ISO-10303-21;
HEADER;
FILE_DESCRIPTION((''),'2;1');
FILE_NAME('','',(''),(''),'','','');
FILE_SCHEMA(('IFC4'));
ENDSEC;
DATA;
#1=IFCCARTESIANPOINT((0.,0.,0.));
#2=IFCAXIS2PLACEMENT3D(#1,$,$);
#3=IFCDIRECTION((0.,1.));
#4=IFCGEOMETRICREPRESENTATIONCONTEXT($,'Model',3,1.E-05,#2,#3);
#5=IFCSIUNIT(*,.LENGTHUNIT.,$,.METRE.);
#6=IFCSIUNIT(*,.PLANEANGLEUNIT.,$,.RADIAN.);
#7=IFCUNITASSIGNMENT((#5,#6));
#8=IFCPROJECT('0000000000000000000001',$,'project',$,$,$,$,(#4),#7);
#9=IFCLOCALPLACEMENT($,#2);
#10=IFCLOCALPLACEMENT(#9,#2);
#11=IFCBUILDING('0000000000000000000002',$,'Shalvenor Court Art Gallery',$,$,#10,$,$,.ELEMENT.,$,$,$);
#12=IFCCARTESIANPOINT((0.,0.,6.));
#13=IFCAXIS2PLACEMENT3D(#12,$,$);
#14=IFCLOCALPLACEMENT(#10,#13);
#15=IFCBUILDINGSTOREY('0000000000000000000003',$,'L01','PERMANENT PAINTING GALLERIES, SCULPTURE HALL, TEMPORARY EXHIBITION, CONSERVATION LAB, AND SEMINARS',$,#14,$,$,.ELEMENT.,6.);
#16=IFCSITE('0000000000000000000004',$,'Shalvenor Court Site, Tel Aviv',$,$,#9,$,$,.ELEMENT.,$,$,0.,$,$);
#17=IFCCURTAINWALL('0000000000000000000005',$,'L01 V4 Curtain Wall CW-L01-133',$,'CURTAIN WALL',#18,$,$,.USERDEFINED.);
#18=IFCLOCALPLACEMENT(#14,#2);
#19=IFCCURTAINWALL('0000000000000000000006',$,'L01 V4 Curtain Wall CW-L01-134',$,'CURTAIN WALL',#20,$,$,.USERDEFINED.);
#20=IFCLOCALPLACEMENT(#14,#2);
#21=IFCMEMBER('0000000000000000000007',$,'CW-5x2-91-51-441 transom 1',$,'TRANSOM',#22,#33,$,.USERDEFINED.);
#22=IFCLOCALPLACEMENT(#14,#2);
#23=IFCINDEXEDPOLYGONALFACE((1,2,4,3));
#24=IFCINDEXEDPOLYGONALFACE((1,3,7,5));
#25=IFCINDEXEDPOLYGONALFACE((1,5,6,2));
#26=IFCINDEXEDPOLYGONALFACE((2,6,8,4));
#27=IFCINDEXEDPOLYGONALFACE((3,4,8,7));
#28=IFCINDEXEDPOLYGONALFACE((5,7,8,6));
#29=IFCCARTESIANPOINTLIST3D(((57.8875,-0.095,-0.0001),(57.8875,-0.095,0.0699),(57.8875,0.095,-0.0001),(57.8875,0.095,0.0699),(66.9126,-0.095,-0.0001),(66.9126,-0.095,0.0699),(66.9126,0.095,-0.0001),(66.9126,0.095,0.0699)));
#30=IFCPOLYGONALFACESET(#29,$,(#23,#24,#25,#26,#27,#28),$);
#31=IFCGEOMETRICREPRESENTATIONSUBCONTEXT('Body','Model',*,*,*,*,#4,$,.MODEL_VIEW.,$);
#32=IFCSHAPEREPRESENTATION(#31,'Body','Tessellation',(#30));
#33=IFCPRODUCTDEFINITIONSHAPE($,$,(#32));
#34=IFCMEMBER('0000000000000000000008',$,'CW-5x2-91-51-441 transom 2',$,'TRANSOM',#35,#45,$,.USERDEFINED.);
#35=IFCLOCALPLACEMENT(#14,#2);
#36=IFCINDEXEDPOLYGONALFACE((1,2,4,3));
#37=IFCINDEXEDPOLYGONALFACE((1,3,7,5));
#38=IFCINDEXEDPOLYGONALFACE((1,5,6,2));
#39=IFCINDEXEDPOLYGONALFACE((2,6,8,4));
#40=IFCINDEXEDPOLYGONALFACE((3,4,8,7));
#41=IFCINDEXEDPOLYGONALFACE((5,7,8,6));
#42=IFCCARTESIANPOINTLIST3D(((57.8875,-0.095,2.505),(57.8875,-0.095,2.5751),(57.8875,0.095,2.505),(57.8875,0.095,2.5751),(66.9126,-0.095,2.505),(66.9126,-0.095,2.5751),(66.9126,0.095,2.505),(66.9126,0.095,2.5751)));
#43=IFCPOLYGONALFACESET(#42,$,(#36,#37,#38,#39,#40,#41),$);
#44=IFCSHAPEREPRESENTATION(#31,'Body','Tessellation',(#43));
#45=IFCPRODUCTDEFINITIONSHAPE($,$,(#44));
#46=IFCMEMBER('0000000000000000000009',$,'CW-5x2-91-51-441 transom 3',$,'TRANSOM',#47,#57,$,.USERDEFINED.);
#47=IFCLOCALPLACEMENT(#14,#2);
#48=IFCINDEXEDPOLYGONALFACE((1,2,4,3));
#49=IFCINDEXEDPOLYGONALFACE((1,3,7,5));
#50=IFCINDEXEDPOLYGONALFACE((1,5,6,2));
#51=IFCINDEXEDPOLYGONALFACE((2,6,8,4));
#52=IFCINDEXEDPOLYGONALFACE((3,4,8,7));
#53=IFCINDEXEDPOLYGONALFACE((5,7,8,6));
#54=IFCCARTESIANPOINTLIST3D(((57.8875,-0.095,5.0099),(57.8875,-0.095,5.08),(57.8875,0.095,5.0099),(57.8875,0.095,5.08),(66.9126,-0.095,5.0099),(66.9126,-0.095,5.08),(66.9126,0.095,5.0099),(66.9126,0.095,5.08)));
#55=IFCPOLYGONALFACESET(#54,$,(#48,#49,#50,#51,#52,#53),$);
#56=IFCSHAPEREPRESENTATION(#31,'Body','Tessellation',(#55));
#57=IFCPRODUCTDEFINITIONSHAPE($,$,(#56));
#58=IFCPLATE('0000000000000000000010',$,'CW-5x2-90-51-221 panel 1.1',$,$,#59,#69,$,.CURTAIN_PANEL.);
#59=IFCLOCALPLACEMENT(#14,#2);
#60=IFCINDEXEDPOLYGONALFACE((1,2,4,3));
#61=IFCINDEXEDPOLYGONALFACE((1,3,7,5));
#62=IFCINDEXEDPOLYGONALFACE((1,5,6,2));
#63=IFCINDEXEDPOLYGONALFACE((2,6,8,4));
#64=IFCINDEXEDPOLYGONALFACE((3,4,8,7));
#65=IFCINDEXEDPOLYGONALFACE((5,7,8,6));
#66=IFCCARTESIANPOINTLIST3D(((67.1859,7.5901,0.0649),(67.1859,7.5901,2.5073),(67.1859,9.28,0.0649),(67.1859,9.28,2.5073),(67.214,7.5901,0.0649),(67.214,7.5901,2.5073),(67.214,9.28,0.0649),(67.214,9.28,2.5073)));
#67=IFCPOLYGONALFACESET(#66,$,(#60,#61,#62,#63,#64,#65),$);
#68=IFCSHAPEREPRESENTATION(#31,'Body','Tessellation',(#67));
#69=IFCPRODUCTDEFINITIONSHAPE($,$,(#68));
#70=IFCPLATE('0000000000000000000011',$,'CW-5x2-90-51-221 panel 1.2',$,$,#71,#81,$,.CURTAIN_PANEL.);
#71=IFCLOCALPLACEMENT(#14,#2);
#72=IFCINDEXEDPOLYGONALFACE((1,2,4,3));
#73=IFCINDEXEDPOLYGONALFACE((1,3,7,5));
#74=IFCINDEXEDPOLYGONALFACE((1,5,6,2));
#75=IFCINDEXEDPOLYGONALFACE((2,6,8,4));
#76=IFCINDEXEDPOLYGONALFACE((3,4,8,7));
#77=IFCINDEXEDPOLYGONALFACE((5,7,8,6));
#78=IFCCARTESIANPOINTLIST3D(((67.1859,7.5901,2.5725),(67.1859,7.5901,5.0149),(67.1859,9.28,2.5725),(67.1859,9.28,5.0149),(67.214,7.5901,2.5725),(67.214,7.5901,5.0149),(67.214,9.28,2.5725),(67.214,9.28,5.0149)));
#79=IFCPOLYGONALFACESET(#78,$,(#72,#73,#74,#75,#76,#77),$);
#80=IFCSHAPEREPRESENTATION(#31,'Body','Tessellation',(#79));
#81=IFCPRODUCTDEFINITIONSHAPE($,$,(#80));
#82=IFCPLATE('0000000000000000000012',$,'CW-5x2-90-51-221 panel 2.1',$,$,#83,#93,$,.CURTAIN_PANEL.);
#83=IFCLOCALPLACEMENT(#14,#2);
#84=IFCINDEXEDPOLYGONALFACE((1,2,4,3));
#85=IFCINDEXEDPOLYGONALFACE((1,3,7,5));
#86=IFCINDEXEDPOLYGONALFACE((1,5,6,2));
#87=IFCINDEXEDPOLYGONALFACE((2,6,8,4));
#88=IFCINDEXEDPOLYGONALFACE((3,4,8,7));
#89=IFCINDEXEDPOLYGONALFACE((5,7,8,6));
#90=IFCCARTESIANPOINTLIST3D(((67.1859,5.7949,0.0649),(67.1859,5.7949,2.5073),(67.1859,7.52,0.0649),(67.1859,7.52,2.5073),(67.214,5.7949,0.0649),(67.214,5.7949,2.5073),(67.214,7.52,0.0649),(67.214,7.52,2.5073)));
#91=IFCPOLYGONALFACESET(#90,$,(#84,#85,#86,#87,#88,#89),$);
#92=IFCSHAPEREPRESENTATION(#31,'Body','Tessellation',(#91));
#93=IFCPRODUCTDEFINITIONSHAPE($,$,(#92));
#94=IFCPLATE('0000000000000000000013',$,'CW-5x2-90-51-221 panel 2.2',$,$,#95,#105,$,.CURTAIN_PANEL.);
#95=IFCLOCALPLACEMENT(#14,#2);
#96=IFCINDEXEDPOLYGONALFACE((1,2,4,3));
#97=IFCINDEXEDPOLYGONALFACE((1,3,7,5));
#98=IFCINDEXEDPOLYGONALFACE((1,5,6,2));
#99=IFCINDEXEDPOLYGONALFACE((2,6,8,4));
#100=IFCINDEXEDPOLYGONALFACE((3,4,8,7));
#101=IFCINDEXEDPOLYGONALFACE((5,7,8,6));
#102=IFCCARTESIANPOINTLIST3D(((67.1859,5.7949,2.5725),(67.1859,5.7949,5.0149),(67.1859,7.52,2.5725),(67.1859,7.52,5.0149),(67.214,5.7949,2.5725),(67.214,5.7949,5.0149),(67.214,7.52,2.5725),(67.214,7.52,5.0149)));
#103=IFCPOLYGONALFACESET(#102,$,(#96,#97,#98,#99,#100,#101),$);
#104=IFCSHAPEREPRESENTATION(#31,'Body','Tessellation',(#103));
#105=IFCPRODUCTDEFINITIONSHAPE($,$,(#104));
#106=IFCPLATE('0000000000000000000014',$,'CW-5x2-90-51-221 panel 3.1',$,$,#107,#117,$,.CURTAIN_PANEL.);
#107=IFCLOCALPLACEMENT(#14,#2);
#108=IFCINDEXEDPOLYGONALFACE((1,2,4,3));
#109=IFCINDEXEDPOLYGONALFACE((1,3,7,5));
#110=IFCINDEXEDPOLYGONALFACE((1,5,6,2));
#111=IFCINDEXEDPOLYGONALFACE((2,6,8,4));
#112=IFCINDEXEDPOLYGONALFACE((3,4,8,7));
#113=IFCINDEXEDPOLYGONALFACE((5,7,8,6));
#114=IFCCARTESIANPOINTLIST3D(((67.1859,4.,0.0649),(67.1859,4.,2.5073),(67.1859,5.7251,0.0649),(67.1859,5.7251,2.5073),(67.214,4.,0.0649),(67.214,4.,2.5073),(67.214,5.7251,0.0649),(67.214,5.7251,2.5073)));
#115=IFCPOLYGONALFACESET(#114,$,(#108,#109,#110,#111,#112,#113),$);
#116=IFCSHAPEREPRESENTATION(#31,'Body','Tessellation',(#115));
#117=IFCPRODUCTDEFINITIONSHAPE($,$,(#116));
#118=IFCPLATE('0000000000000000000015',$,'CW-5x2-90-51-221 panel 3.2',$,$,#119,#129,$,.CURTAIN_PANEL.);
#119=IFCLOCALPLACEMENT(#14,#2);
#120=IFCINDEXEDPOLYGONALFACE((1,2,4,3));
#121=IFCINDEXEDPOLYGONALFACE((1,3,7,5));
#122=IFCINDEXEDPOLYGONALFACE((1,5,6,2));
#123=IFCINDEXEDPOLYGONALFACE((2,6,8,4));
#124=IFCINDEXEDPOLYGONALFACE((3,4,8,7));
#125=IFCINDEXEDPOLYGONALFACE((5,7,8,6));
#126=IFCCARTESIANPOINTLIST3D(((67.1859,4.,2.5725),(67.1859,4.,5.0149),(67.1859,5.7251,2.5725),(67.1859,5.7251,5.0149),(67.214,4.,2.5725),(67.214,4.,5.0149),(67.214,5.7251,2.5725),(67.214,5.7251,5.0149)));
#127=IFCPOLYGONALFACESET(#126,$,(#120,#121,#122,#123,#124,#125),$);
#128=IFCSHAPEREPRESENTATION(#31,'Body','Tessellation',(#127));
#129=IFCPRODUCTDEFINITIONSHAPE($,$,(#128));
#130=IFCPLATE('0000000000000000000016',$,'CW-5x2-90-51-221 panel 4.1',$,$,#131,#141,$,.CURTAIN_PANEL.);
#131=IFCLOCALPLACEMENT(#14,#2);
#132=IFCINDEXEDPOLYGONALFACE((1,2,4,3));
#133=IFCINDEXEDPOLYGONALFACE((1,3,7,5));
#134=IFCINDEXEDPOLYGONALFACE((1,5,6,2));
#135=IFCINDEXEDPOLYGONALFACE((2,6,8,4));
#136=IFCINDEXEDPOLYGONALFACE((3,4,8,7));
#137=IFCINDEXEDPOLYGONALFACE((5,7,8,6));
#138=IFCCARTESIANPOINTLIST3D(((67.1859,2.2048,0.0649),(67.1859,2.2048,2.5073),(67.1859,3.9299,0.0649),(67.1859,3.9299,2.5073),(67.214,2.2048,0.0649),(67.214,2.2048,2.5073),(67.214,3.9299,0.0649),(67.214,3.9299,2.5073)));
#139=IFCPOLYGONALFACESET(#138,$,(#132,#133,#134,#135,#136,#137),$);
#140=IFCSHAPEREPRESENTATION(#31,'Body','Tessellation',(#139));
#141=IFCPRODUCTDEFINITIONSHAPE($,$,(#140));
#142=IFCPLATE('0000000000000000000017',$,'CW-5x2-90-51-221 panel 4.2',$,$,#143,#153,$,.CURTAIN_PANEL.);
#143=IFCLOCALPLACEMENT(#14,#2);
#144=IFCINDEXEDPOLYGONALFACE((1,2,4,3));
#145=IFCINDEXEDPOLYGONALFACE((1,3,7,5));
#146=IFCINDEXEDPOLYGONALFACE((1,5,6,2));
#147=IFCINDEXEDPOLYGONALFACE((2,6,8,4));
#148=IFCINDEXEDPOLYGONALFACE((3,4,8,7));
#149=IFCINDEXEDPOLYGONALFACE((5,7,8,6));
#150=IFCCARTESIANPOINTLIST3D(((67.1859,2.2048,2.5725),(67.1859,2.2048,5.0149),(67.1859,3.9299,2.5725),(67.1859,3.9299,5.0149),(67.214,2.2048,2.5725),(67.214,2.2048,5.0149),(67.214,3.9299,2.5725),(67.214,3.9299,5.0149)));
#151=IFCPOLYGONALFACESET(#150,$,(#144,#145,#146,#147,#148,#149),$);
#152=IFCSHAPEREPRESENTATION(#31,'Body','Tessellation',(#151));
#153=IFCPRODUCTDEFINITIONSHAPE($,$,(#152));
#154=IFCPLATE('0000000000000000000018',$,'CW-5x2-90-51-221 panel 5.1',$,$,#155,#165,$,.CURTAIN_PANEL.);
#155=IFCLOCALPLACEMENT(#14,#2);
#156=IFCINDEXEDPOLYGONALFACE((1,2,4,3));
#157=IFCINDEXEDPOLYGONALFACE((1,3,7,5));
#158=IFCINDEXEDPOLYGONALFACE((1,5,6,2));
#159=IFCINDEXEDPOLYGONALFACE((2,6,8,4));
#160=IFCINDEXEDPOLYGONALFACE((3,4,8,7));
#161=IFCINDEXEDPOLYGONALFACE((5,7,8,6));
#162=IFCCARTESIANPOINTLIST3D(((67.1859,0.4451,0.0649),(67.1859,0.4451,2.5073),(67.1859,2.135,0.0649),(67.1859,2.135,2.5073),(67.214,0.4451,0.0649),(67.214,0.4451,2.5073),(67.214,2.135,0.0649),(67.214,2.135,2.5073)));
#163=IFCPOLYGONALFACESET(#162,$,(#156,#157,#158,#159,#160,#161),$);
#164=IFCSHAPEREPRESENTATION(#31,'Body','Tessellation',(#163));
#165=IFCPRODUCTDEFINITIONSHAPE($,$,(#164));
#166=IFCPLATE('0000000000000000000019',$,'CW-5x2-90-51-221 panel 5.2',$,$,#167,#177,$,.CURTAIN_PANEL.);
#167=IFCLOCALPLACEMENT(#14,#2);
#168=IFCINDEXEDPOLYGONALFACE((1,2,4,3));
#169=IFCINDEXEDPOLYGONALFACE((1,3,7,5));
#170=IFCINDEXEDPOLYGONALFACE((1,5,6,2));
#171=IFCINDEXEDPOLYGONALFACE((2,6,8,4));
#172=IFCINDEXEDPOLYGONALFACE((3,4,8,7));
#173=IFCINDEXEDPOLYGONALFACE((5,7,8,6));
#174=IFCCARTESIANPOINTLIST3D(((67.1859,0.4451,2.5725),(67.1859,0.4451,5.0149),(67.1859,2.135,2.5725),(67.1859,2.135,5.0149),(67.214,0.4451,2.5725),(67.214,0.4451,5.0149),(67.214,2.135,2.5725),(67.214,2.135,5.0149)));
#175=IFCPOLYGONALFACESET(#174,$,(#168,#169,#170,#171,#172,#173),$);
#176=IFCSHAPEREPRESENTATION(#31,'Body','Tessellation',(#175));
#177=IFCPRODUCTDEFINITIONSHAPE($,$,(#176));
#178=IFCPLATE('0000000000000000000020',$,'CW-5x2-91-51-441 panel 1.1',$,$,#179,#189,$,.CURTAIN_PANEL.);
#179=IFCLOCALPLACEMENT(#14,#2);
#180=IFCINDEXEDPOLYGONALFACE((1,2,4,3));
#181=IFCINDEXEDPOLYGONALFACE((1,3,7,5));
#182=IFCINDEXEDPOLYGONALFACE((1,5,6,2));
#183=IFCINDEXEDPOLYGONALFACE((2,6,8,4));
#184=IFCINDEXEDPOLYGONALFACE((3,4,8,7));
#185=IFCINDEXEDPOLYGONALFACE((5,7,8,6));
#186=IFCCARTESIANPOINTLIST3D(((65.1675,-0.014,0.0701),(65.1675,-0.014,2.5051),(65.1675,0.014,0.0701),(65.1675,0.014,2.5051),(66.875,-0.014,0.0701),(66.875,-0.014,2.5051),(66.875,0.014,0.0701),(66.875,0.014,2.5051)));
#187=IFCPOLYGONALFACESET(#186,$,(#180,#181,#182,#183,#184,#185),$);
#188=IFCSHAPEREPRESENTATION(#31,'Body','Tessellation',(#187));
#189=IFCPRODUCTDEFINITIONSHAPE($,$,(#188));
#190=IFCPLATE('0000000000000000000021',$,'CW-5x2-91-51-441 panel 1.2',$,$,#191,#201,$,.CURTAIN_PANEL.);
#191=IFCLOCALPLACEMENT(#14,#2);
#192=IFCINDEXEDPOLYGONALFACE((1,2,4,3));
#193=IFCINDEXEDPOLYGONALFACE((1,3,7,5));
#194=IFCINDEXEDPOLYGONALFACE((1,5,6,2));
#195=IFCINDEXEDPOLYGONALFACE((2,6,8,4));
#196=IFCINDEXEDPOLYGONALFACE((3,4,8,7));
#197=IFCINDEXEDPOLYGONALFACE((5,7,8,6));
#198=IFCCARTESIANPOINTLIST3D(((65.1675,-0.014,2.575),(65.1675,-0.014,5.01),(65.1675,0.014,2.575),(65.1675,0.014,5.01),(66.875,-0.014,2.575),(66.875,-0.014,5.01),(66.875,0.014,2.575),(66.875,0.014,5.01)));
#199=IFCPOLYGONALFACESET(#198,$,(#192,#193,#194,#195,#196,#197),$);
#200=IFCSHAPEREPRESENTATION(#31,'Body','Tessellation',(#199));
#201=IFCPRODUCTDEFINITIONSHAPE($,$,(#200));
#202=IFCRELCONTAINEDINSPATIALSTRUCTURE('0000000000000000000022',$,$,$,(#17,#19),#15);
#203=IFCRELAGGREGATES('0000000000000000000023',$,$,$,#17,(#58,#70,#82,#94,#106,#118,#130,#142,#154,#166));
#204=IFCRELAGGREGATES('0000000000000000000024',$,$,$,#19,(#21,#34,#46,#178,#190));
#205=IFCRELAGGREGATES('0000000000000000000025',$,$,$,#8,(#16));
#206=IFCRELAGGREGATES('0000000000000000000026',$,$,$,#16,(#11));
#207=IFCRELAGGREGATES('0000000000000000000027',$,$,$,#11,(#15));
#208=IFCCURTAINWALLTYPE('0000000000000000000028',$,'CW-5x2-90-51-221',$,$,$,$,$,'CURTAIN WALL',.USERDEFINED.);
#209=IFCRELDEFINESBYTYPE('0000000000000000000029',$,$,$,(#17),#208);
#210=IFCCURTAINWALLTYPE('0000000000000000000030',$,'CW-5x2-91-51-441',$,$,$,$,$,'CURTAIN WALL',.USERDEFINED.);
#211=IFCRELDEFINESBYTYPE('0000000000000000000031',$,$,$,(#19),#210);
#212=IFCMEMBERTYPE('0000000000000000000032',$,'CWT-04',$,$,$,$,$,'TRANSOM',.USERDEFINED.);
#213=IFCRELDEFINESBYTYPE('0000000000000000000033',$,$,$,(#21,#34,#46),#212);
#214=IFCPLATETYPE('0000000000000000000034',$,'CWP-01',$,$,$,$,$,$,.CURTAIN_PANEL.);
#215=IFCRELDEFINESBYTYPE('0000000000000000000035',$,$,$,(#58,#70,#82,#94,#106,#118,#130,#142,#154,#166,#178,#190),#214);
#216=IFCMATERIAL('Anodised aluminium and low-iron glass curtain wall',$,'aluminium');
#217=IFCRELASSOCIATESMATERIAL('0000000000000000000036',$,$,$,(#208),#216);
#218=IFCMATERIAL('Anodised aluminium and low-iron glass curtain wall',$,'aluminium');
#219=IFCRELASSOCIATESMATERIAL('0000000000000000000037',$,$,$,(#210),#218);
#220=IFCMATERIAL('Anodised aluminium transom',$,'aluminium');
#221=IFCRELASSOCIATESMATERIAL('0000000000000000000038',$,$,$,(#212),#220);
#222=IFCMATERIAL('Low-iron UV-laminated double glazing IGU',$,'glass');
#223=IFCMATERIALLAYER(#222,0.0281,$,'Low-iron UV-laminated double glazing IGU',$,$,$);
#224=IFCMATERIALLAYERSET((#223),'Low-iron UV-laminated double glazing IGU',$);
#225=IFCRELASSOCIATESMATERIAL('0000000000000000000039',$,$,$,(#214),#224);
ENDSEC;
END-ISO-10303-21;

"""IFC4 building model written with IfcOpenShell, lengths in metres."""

from ifc_helpers import new_model, si_unit, direction, frame, origin, origin_2d, place, context, subcontext, project, spatial, rectangle, extrude, material, layer, layer_set, material_profile, profile_set, type_object, element, aggregate, save


model = new_model("IFC4")

# Units and contexts
model_context = context("Model", 3, precision=1e-05, world=origin(), true_north=direction((0.0, 1.0)))
body_context = subcontext(model_context, "Body", "Model", "MODEL_VIEW")
ifc_project = project(units=[si_unit("LENGTHUNIT", "METRE"), si_unit("PLANEANGLEUNIT", "RADIAN")], contexts=[model_context])

# Site, building, storey
site_placement = place(None, origin())
site = spatial("IfcSite", under=ifc_project, at=site_placement, Name="Shalvenor Court Site, Tel Aviv", CompositionType="ELEMENT", RefElevation=0.0)
building_placement = place(site_placement, origin())
building = spatial("IfcBuilding", under=site, at=building_placement, Name="Shalvenor Court Art Gallery", CompositionType="ELEMENT")
storey_placement = place(building_placement, frame((0.0, 0.0, 6.0)))
storey = spatial("IfcBuildingStorey", under=building, at=storey_placement, Name="L01", Description="PERMANENT PAINTING GALLERIES, SCULPTURE HALL, TEMPORARY EXHIBITION, CONSERVATION LAB, AND SEMINARS", CompositionType="ELEMENT", Elevation=6.0)

# Curtain wall
ifc_material_1 = material(Name="Anodised aluminium and low-iron glass curtain wall", Category="aluminium")
curtain_wall_type_1 = type_object("IfcCurtainWallType", Name="CW-5x2-90-51-221", ElementType="CURTAIN WALL", PredefinedType="USERDEFINED", material=ifc_material_1)
curtain_wall_1_placement = place(storey_placement, origin())
curtain_wall_1 = element("IfcCurtainWall", 1, at=curtain_wall_1_placement, inside=storey, type_object=curtain_wall_type_1, Name="L01 V4 Curtain Wall CW-L01-133", ObjectType="CURTAIN WALL", PredefinedType="USERDEFINED")

# Curtain wall
ifc_material_2 = material(Name="Anodised aluminium and low-iron glass curtain wall", Category="aluminium")
curtain_wall_type_2 = type_object("IfcCurtainWallType", Name="CW-5x2-91-51-441", ElementType="CURTAIN WALL", PredefinedType="USERDEFINED", material=ifc_material_2)
curtain_wall_2_placement = place(storey_placement, origin())
curtain_wall_2 = element("IfcCurtainWall", 2, at=curtain_wall_2_placement, inside=storey, type_object=curtain_wall_type_2, Name="L01 V4 Curtain Wall CW-L01-134", ObjectType="CURTAIN WALL", PredefinedType="USERDEFINED")

# Members
ifc_material_3 = material(Name="Anodised aluminium transom", Category="aluminium")
ifc_material_profile_1 = material_profile(ifc_material_3, rectangle(XDim=0.1899, YDim=0.0701, at=origin_2d()), Name="CWT-04")
ifc_profile_set_1 = profile_set([ifc_material_profile_1], Name="Anodised aluminium transom")
member_type_1 = type_object("IfcMemberType", Name="CWT-04", ElementType="TRANSOM", PredefinedType="USERDEFINED", material=ifc_profile_set_1)
member_1_placement = place(storey_placement, frame((66.9126, 0.0, 0.0349), z_axis=(-1.0, 0.0, 0.0), x_axis=(0.0, -1.0, 0.0)))
member_1 = element("IfcMember", 3, at=member_1_placement, type_object=member_type_1, Name="CW-5x2-91-51-441 transom 1", ObjectType="TRANSOM", PredefinedType="USERDEFINED", context=body_context, shape_type="SweptSolid", body=[
    extrude(rectangle(XDim=0.1899, YDim=0.0701, at=origin_2d()), origin(), (0.0, 0.0, 1.0), 9.0251),
])
member_2_placement = place(storey_placement, frame((66.9126, 0.0, 2.54), z_axis=(-1.0, 0.0, 0.0), x_axis=(0.0, -1.0, 0.0)))
member_2 = element("IfcMember", 4, at=member_2_placement, type_object=member_type_1, Name="CW-5x2-91-51-441 transom 2", ObjectType="TRANSOM", PredefinedType="USERDEFINED", context=body_context, shape_type="SweptSolid", body=[
    extrude(rectangle(XDim=0.1899, YDim=0.0701, at=origin_2d()), origin(), (0.0, 0.0, 1.0), 9.0251),
])
member_3_placement = place(storey_placement, frame((66.9126, 0.0, 5.0449), z_axis=(-1.0, 0.0, 0.0), x_axis=(0.0, -1.0, 0.0)))
member_3 = element("IfcMember", 5, at=member_3_placement, type_object=member_type_1, Name="CW-5x2-91-51-441 transom 3", ObjectType="TRANSOM", PredefinedType="USERDEFINED", context=body_context, shape_type="SweptSolid", body=[
    extrude(rectangle(XDim=0.1899, YDim=0.0701, at=origin_2d()), origin(), (0.0, 0.0, 1.0), 9.0251),
])

# Plates
ifc_material_4 = material(Name="Low-iron UV-laminated double glazing IGU", Category="glass")
ifc_layer_1 = layer(ifc_material_4, 0.0281, Name="Low-iron UV-laminated double glazing IGU")
ifc_layer_set_1 = layer_set([ifc_layer_1], Name="Low-iron UV-laminated double glazing IGU")
plate_type = type_object("IfcPlateType", Name="CWP-01", PredefinedType="CURTAIN_PANEL", material=ifc_layer_set_1)
plate_1_placement = place(storey_placement, frame((67.2, 8.4351, 0.0649), z_axis=(0.0, 0.0, 1.0), x_axis=(0.0, -1.0, 0.0)))
plate_1 = element("IfcPlate", 6, at=plate_1_placement, type_object=plate_type, Name="CW-5x2-90-51-221 panel 1.1", PredefinedType="CURTAIN_PANEL", context=body_context, shape_type="SweptSolid", body=[
    extrude(rectangle(XDim=1.6899, YDim=0.0281, at=origin_2d()), origin(), (0.0, 0.0, 1.0), 2.4424),
])
plate_2_placement = place(storey_placement, frame((67.2, 8.4351, 2.5725), z_axis=(0.0, 0.0, 1.0), x_axis=(0.0, -1.0, 0.0)))
plate_2 = element("IfcPlate", 7, at=plate_2_placement, type_object=plate_type, Name="CW-5x2-90-51-221 panel 1.2", PredefinedType="CURTAIN_PANEL", context=body_context, shape_type="SweptSolid", body=[
    extrude(rectangle(XDim=1.6899, YDim=0.0281, at=origin_2d()), origin(), (0.0, 0.0, 1.0), 2.4424),
])
plate_3_placement = place(storey_placement, frame((67.2, 6.6575, 0.0649), z_axis=(0.0, 0.0, 1.0), x_axis=(0.0, -1.0, 0.0)))
plate_3 = element("IfcPlate", 8, at=plate_3_placement, type_object=plate_type, Name="CW-5x2-90-51-221 panel 2.1", PredefinedType="CURTAIN_PANEL", context=body_context, shape_type="SweptSolid", body=[
    extrude(rectangle(XDim=1.7251, YDim=0.0281, at=origin_2d()), origin(), (0.0, 0.0, 1.0), 2.4424),
])
plate_4_placement = place(storey_placement, frame((67.2, 6.6575, 2.5725), z_axis=(0.0, 0.0, 1.0), x_axis=(0.0, -1.0, 0.0)))
plate_4 = element("IfcPlate", 9, at=plate_4_placement, type_object=plate_type, Name="CW-5x2-90-51-221 panel 2.2", PredefinedType="CURTAIN_PANEL", context=body_context, shape_type="SweptSolid", body=[
    extrude(rectangle(XDim=1.7251, YDim=0.0281, at=origin_2d()), origin(), (0.0, 0.0, 1.0), 2.4424),
])
plate_5_placement = place(storey_placement, frame((67.2, 4.8625, 0.0649), z_axis=(0.0, 0.0, 1.0), x_axis=(0.0, -1.0, 0.0)))
plate_5 = element("IfcPlate", 10, at=plate_5_placement, type_object=plate_type, Name="CW-5x2-90-51-221 panel 3.1", PredefinedType="CURTAIN_PANEL", context=body_context, shape_type="SweptSolid", body=[
    extrude(rectangle(XDim=1.7251, YDim=0.0281, at=origin_2d()), origin(), (0.0, 0.0, 1.0), 2.4424),
])
plate_6_placement = place(storey_placement, frame((67.2, 4.8625, 2.5725), z_axis=(0.0, 0.0, 1.0), x_axis=(0.0, -1.0, 0.0)))
plate_6 = element("IfcPlate", 11, at=plate_6_placement, type_object=plate_type, Name="CW-5x2-90-51-221 panel 3.2", PredefinedType="CURTAIN_PANEL", context=body_context, shape_type="SweptSolid", body=[
    extrude(rectangle(XDim=1.7251, YDim=0.0281, at=origin_2d()), origin(), (0.0, 0.0, 1.0), 2.4424),
])
plate_7_placement = place(storey_placement, frame((67.2, 3.0674, 0.0649), z_axis=(0.0, 0.0, 1.0), x_axis=(0.0, -1.0, 0.0)))
plate_7 = element("IfcPlate", 12, at=plate_7_placement, type_object=plate_type, Name="CW-5x2-90-51-221 panel 4.1", PredefinedType="CURTAIN_PANEL", context=body_context, shape_type="SweptSolid", body=[
    extrude(rectangle(XDim=1.7251, YDim=0.0281, at=origin_2d()), origin(), (0.0, 0.0, 1.0), 2.4424),
])
plate_8_placement = place(storey_placement, frame((67.2, 3.0674, 2.5725), z_axis=(0.0, 0.0, 1.0), x_axis=(0.0, -1.0, 0.0)))
plate_8 = element("IfcPlate", 13, at=plate_8_placement, type_object=plate_type, Name="CW-5x2-90-51-221 panel 4.2", PredefinedType="CURTAIN_PANEL", context=body_context, shape_type="SweptSolid", body=[
    extrude(rectangle(XDim=1.7251, YDim=0.0281, at=origin_2d()), origin(), (0.0, 0.0, 1.0), 2.4424),
])
plate_9_placement = place(storey_placement, frame((67.2, 1.29, 0.0649), z_axis=(0.0, 0.0, 1.0), x_axis=(0.0, -1.0, 0.0)))
plate_9 = element("IfcPlate", 14, at=plate_9_placement, type_object=plate_type, Name="CW-5x2-90-51-221 panel 5.1", PredefinedType="CURTAIN_PANEL", context=body_context, shape_type="SweptSolid", body=[
    extrude(rectangle(XDim=1.6899, YDim=0.0281, at=origin_2d()), origin(), (0.0, 0.0, 1.0), 2.4424),
])
plate_10_placement = place(storey_placement, frame((67.2, 1.29, 2.5725), z_axis=(0.0, 0.0, 1.0), x_axis=(0.0, -1.0, 0.0)))
plate_10 = element("IfcPlate", 15, at=plate_10_placement, type_object=plate_type, Name="CW-5x2-90-51-221 panel 5.2", PredefinedType="CURTAIN_PANEL", context=body_context, shape_type="SweptSolid", body=[
    extrude(rectangle(XDim=1.6899, YDim=0.0281, at=origin_2d()), origin(), (0.0, 0.0, 1.0), 2.4424),
])
aggregate(curtain_wall_1, [plate_1, plate_2, plate_3, plate_4, plate_5, plate_6, plate_7, plate_8, plate_9, plate_10])
plate_11_placement = place(storey_placement, frame((66.0212, 0.0, 0.0701), z_axis=(0.0, 0.0, 1.0), x_axis=(-1.0, 0.0, 0.0)))
plate_11 = element("IfcPlate", 16, at=plate_11_placement, type_object=plate_type, Name="CW-5x2-91-51-441 panel 1.1", PredefinedType="CURTAIN_PANEL", context=body_context, shape_type="SweptSolid", body=[
    extrude(rectangle(XDim=1.7075, YDim=0.0281, at=origin_2d()), origin(), (0.0, 0.0, 1.0), 2.4351),
])
plate_12_placement = place(storey_placement, frame((66.0212, 0.0, 2.575), z_axis=(0.0, 0.0, 1.0), x_axis=(-1.0, 0.0, 0.0)))
plate_12 = element("IfcPlate", 17, at=plate_12_placement, type_object=plate_type, Name="CW-5x2-91-51-441 panel 1.2", PredefinedType="CURTAIN_PANEL", context=body_context, shape_type="SweptSolid", body=[
    extrude(rectangle(XDim=1.7075, YDim=0.0281, at=origin_2d()), origin(), (0.0, 0.0, 1.0), 2.4351),
])
aggregate(curtain_wall_2, [member_1, member_2, member_3, plate_11, plate_12])

save(model, "model.ifc")
